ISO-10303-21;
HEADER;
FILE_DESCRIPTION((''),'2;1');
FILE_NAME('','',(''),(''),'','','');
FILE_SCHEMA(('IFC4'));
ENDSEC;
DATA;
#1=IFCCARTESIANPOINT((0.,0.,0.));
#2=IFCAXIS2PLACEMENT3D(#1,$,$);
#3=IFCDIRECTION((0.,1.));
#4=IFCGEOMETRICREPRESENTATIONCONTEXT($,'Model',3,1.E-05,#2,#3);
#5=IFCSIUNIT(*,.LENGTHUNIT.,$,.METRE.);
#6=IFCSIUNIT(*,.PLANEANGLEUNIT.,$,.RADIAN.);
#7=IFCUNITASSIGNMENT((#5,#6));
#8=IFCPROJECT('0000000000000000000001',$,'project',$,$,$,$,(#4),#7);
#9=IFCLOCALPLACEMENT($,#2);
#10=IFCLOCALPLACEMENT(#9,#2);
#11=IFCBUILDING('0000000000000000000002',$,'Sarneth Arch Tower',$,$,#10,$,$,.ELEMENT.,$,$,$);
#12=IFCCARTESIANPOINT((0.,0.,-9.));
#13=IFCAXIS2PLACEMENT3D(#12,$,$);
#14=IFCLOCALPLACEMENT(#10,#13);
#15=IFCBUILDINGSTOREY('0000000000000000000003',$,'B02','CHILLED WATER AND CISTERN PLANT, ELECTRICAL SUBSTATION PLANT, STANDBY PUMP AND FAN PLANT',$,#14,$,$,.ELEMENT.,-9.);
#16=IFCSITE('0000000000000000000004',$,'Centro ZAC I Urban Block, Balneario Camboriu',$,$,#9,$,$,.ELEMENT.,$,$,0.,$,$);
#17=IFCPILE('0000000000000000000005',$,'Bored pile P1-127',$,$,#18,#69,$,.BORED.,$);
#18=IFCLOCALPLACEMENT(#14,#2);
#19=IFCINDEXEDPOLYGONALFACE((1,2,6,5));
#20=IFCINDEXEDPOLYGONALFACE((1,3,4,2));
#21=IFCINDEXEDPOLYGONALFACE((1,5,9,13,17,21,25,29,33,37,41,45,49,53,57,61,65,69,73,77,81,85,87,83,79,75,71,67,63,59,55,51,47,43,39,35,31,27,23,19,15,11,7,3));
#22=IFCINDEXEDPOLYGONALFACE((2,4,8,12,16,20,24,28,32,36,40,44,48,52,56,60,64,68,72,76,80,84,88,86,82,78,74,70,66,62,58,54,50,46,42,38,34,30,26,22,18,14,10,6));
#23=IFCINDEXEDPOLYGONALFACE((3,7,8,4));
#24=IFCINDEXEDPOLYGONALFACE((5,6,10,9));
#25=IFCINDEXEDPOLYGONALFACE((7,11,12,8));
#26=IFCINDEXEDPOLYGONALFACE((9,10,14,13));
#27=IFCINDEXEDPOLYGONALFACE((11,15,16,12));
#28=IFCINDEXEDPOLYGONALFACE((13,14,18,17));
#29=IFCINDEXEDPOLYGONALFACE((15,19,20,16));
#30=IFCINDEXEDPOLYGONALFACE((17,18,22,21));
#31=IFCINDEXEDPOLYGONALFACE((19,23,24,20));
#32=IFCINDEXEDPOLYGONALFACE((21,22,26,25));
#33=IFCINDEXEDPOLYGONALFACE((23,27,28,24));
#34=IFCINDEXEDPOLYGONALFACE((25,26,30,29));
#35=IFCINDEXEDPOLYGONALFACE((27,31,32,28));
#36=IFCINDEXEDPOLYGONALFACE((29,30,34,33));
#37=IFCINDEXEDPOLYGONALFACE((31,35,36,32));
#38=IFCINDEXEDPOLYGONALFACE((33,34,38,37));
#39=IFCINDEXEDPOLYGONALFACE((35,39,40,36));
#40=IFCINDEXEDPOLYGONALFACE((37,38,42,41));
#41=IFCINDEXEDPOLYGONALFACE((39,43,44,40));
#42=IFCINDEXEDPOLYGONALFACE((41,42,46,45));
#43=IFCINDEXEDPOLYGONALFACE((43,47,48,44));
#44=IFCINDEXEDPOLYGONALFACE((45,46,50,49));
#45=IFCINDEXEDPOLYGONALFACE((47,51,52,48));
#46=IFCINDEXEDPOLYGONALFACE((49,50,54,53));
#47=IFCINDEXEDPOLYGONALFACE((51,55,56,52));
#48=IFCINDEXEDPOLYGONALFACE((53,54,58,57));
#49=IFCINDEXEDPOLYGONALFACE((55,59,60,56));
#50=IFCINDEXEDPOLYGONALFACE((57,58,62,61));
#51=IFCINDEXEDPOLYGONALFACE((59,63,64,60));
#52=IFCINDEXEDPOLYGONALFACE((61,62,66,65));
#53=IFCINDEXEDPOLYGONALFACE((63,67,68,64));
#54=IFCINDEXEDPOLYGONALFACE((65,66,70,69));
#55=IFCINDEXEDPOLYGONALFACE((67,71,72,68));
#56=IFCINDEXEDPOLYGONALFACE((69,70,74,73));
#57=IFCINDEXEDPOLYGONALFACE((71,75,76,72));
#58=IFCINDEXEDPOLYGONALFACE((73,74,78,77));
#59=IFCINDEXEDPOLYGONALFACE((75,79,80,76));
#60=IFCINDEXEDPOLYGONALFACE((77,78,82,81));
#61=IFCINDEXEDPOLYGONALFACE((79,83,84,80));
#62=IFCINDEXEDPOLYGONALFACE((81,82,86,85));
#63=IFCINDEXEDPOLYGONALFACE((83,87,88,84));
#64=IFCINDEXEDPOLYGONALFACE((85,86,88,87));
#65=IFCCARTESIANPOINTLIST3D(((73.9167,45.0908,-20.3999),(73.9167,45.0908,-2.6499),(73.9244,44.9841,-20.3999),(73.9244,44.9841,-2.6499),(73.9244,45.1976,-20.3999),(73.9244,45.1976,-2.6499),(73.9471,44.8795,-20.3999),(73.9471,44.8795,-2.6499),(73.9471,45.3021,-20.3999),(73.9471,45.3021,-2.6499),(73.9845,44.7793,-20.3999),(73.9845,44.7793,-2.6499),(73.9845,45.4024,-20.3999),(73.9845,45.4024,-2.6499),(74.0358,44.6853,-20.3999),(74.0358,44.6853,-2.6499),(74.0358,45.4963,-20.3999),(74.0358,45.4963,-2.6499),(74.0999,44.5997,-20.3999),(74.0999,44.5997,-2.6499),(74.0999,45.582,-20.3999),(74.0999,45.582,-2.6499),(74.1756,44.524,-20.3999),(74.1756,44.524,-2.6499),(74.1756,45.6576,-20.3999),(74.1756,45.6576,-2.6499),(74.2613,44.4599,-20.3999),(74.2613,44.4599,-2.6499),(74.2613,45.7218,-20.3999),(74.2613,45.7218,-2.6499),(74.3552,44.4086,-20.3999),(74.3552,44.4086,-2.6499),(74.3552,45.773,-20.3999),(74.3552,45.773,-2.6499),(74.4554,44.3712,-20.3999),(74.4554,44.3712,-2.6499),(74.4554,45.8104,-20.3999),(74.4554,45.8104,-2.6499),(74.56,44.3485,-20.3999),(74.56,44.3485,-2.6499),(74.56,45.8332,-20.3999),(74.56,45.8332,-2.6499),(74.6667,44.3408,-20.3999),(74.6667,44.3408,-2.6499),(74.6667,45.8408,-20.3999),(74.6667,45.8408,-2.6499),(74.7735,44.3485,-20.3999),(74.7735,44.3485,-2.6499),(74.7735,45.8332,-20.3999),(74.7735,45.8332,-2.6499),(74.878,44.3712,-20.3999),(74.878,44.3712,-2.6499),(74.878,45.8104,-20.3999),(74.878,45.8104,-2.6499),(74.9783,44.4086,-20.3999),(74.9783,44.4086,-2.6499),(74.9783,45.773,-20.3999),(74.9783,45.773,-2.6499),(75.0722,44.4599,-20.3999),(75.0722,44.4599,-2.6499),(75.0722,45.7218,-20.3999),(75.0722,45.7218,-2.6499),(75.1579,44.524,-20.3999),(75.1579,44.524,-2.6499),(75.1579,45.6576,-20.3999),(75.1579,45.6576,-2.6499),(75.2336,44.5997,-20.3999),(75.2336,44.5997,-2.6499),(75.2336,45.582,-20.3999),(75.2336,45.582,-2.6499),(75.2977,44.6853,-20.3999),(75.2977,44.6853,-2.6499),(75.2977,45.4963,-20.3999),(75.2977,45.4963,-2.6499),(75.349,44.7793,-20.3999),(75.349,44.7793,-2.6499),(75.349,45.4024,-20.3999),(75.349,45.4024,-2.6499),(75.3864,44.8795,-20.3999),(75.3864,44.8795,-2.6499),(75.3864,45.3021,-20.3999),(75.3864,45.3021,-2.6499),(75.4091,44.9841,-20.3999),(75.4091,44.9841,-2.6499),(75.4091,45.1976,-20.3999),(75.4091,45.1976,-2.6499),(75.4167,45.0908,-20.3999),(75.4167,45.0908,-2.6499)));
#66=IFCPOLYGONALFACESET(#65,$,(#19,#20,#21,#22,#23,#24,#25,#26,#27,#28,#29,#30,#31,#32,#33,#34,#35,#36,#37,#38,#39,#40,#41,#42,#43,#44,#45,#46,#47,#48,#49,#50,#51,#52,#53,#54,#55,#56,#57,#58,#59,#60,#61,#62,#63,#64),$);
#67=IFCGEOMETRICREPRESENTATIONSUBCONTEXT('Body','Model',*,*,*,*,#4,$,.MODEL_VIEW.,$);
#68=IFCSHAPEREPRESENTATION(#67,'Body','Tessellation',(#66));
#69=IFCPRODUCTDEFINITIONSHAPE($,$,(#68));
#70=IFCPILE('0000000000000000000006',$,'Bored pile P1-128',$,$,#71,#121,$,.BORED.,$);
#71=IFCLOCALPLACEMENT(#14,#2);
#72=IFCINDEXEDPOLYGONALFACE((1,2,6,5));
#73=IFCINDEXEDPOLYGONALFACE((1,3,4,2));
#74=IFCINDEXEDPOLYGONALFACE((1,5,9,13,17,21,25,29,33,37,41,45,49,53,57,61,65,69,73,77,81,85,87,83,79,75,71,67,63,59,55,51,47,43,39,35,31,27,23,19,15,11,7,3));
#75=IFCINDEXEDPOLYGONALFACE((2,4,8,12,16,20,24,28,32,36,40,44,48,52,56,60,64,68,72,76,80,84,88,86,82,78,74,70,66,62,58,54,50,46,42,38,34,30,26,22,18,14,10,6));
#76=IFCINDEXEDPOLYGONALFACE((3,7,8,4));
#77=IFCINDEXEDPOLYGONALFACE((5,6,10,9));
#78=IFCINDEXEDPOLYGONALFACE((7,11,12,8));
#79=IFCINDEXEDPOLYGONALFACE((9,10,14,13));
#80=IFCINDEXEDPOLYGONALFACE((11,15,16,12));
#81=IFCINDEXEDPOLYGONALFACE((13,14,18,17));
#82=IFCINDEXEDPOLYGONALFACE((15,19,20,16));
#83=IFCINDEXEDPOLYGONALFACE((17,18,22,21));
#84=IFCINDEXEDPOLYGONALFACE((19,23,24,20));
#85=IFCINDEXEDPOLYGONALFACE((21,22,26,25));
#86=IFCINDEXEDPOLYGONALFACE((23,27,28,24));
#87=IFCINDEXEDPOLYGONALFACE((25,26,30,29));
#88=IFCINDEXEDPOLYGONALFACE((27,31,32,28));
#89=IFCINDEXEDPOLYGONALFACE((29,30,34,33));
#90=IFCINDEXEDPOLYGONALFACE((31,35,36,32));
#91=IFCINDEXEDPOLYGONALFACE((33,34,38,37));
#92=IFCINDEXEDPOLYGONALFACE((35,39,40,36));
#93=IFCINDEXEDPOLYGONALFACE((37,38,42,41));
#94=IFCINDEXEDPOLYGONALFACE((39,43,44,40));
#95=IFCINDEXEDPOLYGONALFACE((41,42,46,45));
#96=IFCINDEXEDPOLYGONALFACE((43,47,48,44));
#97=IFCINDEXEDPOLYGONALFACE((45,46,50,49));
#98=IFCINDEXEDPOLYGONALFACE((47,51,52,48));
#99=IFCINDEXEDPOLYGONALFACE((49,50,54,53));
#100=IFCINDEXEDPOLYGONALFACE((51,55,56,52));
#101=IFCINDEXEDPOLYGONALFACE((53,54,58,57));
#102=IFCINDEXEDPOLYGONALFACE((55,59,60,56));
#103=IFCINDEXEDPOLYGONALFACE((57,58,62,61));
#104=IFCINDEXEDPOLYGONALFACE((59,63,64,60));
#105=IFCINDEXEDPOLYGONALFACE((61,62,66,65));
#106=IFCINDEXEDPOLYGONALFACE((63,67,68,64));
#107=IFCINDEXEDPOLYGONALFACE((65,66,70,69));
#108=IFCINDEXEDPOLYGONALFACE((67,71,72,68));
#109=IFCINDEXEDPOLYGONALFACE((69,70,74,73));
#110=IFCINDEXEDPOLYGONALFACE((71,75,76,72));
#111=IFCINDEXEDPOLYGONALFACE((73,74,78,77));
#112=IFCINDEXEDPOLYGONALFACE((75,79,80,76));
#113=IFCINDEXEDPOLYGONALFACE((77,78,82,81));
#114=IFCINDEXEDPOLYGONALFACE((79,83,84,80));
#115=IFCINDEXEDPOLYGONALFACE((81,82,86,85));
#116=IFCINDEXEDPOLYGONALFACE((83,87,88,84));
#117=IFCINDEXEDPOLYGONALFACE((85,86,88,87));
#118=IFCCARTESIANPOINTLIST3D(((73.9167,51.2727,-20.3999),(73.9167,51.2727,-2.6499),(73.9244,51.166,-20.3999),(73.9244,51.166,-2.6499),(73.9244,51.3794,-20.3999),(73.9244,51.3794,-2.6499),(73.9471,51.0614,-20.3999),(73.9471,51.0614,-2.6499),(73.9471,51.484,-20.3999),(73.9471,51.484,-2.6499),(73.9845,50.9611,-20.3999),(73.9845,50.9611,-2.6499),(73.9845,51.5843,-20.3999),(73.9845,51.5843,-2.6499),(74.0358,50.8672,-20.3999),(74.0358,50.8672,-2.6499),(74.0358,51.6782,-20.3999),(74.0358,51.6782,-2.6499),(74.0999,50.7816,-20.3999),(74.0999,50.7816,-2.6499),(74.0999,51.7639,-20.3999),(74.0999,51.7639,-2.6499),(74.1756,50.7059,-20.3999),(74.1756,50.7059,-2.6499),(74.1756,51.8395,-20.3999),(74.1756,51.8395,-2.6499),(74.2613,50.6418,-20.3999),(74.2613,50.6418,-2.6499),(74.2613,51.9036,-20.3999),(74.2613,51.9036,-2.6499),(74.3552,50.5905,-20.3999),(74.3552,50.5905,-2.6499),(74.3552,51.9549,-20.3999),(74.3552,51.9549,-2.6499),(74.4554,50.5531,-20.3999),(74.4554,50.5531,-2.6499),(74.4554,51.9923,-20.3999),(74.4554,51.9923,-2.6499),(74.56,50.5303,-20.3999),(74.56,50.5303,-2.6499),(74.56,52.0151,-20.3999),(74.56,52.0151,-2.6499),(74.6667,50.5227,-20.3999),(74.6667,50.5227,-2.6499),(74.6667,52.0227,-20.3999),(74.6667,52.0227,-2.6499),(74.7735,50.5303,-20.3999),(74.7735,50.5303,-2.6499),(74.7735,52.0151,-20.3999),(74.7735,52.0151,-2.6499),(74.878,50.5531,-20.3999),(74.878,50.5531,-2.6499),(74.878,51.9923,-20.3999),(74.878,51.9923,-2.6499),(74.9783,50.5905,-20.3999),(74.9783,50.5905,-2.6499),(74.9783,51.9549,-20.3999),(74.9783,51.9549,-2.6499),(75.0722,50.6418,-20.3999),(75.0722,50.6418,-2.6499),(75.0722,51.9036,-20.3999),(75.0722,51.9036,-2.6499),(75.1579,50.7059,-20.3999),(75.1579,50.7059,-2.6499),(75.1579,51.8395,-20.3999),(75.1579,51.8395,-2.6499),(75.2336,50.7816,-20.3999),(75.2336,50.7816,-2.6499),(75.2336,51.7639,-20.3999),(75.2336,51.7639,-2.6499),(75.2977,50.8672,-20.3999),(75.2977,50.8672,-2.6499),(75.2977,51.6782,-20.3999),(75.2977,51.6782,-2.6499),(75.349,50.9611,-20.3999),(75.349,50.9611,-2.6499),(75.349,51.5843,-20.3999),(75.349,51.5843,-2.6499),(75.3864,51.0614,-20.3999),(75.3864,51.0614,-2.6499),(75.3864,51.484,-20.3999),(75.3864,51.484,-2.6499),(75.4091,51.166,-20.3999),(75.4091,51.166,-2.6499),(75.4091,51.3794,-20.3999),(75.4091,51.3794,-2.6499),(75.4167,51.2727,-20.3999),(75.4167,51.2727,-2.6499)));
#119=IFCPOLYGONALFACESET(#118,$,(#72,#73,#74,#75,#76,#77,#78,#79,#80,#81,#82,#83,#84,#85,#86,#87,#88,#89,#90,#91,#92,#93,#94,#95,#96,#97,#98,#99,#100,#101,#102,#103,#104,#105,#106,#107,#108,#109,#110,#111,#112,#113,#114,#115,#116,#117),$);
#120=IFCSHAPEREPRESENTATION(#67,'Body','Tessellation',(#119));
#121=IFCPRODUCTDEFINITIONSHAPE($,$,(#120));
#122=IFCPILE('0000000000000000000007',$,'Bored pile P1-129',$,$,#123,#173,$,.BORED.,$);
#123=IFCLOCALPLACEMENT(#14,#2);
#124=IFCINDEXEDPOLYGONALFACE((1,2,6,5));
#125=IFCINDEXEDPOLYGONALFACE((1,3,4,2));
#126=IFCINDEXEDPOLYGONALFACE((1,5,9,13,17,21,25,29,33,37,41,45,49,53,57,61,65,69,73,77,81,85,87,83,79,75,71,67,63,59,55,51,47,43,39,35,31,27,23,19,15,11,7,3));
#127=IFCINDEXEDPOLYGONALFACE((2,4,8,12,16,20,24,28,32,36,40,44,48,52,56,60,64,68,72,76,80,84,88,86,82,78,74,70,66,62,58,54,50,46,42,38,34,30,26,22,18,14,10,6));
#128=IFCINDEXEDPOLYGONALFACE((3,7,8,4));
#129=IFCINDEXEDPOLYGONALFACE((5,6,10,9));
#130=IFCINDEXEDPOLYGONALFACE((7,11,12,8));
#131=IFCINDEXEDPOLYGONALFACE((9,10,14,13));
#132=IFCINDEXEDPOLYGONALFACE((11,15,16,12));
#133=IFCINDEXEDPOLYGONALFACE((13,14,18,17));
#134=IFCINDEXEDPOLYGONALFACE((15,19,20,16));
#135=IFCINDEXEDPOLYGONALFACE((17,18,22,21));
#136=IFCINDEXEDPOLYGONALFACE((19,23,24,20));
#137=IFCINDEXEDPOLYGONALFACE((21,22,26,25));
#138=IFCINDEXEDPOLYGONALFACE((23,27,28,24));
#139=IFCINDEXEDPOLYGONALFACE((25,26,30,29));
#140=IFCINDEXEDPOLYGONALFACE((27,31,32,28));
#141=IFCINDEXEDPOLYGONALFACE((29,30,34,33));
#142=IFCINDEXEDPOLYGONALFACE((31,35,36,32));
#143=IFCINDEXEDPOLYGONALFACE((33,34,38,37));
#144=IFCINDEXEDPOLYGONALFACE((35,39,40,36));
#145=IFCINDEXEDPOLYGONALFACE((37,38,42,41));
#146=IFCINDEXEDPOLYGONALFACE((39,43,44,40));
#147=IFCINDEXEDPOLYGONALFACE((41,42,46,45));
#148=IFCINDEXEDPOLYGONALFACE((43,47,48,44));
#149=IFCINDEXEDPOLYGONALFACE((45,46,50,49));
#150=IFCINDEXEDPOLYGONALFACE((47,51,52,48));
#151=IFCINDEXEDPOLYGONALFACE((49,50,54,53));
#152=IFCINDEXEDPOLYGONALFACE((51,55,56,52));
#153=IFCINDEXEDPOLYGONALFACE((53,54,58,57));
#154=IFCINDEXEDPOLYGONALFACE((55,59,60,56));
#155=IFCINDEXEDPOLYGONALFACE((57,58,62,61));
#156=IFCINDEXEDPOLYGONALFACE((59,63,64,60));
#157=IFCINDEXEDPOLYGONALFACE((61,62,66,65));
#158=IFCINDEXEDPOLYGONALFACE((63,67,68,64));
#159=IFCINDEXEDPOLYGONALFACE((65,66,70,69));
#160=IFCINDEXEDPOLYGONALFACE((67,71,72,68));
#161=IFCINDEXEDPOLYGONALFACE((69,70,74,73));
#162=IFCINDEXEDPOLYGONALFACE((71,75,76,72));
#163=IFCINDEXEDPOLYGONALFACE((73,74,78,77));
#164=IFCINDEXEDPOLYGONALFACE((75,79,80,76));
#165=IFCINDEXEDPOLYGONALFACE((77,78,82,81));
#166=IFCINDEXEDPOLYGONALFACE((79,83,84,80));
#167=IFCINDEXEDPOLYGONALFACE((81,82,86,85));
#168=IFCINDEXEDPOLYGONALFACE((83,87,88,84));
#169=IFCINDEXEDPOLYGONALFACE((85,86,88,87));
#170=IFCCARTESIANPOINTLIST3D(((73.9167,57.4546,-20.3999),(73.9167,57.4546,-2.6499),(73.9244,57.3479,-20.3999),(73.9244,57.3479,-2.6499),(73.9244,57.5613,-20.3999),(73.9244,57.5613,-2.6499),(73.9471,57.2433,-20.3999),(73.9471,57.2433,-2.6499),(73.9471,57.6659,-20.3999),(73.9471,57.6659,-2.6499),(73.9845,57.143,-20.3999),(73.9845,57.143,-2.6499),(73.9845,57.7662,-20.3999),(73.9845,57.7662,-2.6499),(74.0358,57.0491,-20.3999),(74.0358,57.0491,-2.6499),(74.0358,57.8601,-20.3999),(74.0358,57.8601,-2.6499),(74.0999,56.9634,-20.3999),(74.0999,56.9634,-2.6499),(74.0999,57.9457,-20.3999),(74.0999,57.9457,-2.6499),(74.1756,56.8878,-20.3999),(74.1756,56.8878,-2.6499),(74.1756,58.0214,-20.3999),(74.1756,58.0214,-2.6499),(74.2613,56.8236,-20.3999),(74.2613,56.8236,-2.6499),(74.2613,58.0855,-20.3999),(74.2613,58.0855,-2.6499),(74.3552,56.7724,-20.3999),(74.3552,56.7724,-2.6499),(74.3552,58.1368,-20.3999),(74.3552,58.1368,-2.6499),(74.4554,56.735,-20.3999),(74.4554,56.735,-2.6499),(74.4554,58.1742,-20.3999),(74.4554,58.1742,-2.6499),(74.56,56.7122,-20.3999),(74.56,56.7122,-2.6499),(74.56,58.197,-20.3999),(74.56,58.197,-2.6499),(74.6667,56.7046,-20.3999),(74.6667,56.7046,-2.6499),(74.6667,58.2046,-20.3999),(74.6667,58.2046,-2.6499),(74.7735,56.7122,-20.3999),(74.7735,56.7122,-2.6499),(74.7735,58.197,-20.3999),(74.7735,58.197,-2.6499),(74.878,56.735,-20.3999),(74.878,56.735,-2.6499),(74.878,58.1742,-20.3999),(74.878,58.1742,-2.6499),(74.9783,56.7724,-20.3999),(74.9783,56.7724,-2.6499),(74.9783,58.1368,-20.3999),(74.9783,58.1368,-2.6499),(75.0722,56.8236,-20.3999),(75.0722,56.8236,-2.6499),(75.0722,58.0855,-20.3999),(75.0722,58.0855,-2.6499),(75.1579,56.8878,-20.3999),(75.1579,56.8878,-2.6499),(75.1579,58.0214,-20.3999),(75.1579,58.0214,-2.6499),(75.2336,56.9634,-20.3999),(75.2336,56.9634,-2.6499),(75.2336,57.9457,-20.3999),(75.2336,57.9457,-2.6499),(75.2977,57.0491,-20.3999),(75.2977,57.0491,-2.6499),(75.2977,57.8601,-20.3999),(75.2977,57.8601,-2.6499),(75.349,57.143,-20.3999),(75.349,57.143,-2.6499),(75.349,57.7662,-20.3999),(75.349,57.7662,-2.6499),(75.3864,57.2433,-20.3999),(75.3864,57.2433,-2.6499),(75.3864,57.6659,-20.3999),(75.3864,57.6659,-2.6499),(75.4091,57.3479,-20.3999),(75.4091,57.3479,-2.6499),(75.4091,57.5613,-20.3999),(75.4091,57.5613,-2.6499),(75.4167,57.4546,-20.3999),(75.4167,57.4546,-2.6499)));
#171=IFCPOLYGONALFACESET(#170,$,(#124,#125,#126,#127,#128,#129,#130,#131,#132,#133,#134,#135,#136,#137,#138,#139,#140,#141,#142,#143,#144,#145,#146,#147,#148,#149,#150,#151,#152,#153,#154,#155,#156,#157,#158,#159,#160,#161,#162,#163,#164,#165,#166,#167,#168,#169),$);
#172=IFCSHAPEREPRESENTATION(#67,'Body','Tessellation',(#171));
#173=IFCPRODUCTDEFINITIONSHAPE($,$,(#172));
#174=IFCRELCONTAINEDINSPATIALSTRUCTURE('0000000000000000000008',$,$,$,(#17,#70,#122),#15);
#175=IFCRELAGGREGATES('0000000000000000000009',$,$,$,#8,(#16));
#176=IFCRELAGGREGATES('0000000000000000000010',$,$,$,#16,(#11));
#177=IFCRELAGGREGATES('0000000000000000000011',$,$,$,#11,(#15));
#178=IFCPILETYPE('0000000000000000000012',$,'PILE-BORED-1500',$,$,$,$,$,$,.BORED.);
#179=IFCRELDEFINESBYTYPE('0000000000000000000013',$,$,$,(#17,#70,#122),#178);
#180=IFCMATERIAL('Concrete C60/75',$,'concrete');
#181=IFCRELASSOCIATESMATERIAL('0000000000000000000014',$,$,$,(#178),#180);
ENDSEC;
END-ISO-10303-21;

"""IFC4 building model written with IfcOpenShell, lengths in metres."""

from ifc_helpers import new_model, si_unit, direction, frame, origin, origin_2d, place, context, subcontext, project, spatial, circle, extrude, material, material_profile, profile_set, type_object, element, save


model = new_model("IFC4")

# Units and contexts
model_context = context("Model", 3, precision=1e-05, world=origin(), true_north=direction((0.0, 1.0)))
body_context = subcontext(model_context, "Body", "Model", "MODEL_VIEW")
ifc_project = project(units=[si_unit("LENGTHUNIT", "METRE"), si_unit("PLANEANGLEUNIT", "RADIAN")], contexts=[model_context])

# Site, building, storey
site_placement = place(None, origin())
site = spatial("IfcSite", under=ifc_project, at=site_placement, Name="Centro ZAC I Urban Block, Balneario Camboriu", CompositionType="ELEMENT", RefElevation=0.0)
building_placement = place(site_placement, origin())
building = spatial("IfcBuilding", under=site, at=building_placement, Name="Sarneth Arch Tower", CompositionType="ELEMENT")
storey_placement = place(building_placement, frame((0.0, 0.0, -9.0)))
storey = spatial("IfcBuildingStorey", under=building, at=storey_placement, Name="B02", Description="CHILLED WATER AND CISTERN PLANT, ELECTRICAL SUBSTATION PLANT, STANDBY PUMP AND FAN PLANT", CompositionType="ELEMENT", Elevation=-9.0)

# Piles
ifc_material_1 = material(Name="Concrete C60/75", Category="concrete")
ifc_material_profile_1 = material_profile(ifc_material_1, circle(Radius=0.75, at=origin_2d()), Name="PILE-D1500")
ifc_profile_set_1 = profile_set([ifc_material_profile_1], Name="Concrete C60/75")
pile_type_1 = type_object("IfcPileType", Name="PILE-BORED-1500", PredefinedType="BORED", material=ifc_profile_set_1)
for number, where, z_axis, x_axis, name in (
    (1, (74.6667, 45.0908, -2.6499), (0.0, 0.0, -1.0), (1.0, 0.0, 0.0), "Bored pile P1-127"),
    (2, (74.6667, 51.2727, -2.6499), (0.0, 0.0, -1.0), (1.0, 0.0, 0.0), "Bored pile P1-128"),
    (3, (74.6667, 57.4546, -2.6499), (0.0, 0.0, -1.0), (1.0, 0.0, 0.0), "Bored pile P1-129"),
):
    element("IfcPile", number, at=place(storey_placement, frame(where, z_axis=z_axis, x_axis=x_axis)), inside=storey, type_object=pile_type_1, Name=name, PredefinedType="BORED", context=body_context, shape_type="SweptSolid", body=[
        extrude(circle(Radius=0.75, at=origin_2d()), origin(), (0.0, 0.0, 1.0), 17.75),
    ])

save(model, "model.ifc")
